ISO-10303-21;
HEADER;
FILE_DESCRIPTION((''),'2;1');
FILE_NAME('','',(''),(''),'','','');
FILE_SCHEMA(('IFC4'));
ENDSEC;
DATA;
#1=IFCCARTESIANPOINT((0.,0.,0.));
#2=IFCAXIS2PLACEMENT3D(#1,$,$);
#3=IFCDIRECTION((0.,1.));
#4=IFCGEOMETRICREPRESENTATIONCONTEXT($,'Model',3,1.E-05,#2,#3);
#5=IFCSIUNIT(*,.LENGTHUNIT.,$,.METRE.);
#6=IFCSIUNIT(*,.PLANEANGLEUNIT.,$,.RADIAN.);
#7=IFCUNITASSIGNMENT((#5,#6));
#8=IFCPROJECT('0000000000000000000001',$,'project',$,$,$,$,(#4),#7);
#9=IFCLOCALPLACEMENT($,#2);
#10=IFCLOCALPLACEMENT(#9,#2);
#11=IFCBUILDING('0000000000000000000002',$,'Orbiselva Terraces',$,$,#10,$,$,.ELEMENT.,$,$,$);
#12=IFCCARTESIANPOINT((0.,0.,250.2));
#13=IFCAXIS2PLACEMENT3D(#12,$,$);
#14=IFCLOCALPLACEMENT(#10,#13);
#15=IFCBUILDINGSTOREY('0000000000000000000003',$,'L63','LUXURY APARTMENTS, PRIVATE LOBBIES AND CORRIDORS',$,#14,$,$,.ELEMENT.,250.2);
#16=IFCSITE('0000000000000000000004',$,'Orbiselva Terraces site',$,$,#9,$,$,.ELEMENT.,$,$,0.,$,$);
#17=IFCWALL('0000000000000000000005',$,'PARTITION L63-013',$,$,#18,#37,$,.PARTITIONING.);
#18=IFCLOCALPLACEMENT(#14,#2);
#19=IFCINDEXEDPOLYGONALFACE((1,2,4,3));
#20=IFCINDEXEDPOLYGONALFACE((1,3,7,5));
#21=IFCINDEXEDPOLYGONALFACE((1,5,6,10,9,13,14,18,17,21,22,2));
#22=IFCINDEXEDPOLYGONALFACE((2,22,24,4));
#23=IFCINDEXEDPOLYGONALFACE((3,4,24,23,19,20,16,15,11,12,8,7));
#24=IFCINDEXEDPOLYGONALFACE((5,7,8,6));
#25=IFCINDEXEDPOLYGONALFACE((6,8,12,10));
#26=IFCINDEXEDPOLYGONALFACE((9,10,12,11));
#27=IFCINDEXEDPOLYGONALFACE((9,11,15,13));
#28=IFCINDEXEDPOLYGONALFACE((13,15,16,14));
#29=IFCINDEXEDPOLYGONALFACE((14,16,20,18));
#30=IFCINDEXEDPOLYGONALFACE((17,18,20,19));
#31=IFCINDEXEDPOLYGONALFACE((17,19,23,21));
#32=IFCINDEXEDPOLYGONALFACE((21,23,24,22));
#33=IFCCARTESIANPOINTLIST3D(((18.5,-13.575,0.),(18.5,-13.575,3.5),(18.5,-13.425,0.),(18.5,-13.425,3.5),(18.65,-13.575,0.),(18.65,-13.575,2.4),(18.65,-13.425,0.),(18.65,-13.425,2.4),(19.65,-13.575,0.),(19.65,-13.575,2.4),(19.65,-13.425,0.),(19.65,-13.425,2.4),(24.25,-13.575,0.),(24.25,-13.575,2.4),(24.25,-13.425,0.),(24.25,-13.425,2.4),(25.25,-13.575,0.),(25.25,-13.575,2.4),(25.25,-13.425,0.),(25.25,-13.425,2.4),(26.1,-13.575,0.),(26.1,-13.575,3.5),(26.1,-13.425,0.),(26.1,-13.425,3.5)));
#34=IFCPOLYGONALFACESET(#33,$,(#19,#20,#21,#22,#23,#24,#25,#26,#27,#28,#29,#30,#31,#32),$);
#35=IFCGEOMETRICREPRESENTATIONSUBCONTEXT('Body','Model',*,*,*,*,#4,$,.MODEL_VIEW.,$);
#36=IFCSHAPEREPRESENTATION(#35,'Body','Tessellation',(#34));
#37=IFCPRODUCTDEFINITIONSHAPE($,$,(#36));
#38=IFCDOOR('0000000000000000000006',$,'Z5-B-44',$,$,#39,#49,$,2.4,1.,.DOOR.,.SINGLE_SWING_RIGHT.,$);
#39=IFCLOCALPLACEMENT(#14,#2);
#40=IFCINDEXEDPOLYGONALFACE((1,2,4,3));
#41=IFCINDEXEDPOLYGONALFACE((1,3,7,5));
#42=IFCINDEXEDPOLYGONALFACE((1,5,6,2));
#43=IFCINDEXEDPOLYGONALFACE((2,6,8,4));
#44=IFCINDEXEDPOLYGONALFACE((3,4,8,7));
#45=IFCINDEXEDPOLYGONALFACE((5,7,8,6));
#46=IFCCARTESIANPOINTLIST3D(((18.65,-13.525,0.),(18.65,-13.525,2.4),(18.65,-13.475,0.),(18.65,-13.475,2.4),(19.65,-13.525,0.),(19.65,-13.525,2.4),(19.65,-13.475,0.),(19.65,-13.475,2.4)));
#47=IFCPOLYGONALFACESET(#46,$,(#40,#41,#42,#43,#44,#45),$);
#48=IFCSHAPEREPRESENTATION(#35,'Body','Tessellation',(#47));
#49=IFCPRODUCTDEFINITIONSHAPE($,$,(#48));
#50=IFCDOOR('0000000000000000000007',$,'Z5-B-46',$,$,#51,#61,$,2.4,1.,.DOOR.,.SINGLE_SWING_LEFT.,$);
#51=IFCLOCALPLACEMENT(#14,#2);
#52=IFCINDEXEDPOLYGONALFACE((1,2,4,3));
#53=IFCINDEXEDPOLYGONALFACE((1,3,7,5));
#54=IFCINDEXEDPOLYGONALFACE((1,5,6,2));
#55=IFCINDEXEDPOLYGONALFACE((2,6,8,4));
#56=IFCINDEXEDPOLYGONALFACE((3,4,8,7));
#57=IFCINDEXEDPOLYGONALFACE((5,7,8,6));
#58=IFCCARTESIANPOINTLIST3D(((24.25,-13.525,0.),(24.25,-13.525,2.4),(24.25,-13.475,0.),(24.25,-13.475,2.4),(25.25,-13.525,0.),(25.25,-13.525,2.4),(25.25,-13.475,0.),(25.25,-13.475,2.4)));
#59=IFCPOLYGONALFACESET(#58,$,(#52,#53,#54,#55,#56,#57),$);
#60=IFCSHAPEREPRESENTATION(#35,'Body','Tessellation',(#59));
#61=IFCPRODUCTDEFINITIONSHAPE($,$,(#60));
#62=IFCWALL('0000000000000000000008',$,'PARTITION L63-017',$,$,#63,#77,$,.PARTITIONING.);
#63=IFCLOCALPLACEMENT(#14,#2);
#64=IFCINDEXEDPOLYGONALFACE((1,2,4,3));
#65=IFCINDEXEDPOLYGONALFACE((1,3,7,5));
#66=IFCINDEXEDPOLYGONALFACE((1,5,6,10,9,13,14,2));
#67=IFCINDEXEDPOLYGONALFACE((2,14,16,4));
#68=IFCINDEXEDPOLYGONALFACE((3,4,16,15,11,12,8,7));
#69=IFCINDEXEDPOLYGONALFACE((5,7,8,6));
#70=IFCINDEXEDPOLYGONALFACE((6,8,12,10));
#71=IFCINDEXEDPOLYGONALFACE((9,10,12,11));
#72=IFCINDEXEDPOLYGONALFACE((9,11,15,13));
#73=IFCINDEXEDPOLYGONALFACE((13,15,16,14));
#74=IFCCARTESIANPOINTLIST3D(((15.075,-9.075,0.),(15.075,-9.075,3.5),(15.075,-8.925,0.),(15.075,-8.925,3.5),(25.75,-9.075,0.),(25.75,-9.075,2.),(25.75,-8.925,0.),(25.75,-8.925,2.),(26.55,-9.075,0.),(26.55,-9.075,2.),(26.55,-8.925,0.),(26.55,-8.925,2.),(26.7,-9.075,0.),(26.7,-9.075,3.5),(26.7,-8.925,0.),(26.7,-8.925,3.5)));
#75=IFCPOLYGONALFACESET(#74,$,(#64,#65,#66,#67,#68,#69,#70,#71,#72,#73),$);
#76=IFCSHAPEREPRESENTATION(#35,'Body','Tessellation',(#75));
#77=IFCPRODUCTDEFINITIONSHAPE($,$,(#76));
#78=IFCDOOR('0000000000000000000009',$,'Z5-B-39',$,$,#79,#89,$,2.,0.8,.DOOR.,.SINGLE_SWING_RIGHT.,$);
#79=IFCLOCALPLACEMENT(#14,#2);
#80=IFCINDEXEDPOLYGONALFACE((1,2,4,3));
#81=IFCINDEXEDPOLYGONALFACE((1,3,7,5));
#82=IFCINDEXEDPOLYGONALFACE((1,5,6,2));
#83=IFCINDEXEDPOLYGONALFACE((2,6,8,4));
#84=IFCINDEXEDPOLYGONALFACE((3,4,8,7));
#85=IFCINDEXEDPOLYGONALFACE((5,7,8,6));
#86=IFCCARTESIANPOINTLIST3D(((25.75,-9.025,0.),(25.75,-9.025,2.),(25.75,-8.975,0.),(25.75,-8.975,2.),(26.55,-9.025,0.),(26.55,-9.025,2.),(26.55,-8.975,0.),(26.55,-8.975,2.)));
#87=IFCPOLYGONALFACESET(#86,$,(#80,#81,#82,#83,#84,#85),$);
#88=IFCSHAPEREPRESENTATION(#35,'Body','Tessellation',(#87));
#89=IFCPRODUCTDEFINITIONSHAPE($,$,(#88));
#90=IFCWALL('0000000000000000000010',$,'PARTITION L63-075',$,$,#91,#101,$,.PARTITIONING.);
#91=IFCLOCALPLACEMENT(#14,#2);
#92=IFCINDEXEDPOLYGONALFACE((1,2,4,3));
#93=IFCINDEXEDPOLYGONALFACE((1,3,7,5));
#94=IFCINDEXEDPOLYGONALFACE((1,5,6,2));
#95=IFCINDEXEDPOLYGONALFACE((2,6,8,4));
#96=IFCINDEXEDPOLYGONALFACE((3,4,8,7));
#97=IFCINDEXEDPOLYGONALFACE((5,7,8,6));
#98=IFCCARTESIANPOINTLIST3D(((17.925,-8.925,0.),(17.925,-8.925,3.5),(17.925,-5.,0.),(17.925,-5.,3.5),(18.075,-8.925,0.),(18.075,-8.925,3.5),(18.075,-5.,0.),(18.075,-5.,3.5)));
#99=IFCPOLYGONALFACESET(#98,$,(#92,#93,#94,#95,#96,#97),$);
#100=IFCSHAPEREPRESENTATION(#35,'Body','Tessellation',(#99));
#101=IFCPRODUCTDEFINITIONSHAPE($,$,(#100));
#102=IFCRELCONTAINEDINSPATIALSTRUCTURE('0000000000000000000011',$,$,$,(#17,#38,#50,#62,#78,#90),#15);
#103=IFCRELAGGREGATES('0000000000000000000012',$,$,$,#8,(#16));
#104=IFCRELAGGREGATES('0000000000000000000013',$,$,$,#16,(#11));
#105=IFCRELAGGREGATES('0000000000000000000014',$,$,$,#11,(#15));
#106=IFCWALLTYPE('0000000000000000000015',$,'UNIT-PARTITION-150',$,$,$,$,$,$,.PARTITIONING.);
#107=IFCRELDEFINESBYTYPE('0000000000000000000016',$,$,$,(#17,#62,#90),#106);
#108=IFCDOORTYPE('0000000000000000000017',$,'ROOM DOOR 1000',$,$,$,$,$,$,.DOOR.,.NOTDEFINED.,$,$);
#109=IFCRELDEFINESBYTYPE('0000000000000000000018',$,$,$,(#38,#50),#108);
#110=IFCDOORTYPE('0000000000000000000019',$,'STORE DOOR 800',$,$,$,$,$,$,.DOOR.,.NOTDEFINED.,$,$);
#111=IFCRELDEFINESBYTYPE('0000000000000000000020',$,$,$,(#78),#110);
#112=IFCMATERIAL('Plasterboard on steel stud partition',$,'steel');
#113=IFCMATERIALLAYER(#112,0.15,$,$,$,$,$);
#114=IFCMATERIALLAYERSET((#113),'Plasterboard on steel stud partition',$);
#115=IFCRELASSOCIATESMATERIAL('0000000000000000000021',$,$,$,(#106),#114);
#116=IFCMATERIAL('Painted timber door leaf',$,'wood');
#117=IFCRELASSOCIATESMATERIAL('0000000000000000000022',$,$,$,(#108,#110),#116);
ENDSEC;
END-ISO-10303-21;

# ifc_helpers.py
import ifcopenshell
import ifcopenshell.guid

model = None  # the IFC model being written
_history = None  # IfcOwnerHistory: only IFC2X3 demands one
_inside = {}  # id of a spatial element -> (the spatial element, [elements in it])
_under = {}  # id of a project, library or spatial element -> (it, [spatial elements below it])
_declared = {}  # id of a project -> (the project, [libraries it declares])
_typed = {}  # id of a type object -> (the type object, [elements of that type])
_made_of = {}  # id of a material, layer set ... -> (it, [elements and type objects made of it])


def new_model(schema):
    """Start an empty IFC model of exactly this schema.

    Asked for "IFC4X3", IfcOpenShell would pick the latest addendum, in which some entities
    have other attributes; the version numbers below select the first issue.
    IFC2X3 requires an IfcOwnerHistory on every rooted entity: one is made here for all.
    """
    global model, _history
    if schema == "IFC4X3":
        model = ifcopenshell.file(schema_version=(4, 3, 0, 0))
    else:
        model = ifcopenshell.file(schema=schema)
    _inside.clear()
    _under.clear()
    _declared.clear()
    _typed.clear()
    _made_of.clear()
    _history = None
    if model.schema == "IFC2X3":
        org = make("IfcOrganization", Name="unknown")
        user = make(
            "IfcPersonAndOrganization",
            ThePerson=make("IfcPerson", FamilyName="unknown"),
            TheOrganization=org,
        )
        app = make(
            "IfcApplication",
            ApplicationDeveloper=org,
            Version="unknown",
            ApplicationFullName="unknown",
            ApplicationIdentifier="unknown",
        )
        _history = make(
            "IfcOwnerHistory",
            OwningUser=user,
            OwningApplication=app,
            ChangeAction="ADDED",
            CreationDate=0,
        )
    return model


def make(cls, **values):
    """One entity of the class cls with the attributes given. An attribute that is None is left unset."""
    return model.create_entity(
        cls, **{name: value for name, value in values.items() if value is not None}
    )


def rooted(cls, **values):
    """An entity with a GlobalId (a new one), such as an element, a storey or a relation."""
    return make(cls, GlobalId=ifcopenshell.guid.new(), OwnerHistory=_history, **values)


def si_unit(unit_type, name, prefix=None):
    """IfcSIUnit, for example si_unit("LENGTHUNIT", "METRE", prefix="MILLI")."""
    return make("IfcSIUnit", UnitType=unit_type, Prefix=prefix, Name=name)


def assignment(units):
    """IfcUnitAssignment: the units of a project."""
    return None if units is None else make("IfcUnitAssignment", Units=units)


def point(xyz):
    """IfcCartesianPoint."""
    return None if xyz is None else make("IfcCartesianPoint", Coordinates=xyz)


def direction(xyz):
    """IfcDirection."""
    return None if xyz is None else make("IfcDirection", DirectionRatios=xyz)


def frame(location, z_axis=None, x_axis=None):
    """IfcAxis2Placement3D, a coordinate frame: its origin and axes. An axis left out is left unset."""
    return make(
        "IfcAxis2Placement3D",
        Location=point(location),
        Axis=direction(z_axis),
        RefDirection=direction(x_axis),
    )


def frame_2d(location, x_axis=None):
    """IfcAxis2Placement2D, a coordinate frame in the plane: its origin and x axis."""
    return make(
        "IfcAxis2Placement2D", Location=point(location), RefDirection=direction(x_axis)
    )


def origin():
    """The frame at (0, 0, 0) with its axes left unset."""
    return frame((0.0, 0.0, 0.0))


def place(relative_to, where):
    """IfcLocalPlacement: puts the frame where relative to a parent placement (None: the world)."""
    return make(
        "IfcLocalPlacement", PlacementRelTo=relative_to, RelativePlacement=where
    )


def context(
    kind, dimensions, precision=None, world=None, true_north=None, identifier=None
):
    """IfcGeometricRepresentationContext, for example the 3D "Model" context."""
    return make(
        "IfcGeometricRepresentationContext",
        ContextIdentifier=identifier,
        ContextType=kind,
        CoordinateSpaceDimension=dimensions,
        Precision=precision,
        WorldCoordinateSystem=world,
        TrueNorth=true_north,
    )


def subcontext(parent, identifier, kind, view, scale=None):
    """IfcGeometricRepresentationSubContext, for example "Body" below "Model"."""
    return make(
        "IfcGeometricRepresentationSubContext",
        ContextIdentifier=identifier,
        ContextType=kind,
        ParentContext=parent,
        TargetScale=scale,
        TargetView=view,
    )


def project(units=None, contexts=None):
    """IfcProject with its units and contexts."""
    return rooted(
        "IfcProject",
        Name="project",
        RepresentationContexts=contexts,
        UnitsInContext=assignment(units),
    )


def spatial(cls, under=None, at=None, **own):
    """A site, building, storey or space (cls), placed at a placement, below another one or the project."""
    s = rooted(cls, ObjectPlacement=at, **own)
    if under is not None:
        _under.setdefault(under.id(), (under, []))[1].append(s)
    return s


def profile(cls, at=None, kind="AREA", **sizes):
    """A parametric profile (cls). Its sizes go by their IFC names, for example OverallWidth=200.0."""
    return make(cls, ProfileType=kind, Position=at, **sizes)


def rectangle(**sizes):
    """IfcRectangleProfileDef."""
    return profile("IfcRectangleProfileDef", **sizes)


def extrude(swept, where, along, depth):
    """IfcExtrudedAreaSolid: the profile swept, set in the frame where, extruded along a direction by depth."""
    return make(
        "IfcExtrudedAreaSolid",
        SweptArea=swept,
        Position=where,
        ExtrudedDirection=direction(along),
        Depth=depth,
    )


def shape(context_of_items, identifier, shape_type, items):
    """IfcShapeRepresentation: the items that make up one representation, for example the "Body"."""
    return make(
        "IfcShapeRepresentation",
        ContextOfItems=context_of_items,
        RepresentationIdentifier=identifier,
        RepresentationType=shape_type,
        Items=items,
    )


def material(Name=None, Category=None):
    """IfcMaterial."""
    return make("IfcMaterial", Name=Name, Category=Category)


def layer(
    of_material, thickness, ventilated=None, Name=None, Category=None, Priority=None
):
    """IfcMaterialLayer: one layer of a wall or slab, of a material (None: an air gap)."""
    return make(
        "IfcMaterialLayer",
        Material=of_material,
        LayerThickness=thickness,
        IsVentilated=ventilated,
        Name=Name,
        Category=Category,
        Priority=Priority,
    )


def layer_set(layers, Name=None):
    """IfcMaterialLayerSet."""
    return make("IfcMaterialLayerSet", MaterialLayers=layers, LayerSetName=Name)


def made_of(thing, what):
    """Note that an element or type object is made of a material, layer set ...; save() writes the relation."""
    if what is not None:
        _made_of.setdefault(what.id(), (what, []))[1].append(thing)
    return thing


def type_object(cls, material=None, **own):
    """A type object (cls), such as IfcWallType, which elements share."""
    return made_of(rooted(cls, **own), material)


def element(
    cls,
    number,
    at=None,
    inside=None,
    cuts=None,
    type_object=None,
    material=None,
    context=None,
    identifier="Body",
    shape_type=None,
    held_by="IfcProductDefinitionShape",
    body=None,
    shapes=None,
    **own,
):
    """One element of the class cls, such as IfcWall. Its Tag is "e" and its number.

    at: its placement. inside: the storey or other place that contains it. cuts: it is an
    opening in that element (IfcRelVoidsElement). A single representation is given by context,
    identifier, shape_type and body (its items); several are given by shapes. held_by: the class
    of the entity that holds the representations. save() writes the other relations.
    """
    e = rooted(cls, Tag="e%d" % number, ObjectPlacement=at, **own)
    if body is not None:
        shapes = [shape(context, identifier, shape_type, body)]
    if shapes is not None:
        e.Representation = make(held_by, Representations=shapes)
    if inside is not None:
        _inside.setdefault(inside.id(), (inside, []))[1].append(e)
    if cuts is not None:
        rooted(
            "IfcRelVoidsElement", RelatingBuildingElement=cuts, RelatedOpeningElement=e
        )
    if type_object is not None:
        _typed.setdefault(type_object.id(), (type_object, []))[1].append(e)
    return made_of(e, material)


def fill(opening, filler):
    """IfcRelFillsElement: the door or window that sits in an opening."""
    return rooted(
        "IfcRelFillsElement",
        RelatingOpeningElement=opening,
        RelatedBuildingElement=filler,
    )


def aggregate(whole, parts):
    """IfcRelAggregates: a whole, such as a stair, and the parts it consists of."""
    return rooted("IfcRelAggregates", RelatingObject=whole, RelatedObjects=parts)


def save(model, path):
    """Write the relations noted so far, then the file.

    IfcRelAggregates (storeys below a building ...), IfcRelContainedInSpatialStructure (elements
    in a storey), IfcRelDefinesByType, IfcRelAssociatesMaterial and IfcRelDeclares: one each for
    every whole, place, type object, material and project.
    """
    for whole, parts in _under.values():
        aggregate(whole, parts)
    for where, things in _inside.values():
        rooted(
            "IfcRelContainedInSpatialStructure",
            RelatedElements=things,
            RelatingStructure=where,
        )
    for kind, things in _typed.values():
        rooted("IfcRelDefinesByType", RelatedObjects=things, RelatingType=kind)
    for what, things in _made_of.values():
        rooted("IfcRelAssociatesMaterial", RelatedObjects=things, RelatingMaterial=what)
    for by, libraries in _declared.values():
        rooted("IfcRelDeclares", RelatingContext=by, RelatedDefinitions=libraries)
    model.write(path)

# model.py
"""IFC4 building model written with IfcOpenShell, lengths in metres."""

from ifc_helpers import new_model, si_unit, direction, frame, frame_2d, origin, place, context, subcontext, project, spatial, rectangle, extrude, material, layer, layer_set, type_object, element, fill, save


model = new_model("IFC4")

# Units and contexts
model_context = context("Model", 3, precision=1e-05, world=origin(), true_north=direction((0.0, 1.0)))
body_context = subcontext(model_context, "Body", "Model", "MODEL_VIEW")
ifc_project = project(units=[si_unit("LENGTHUNIT", "METRE"), si_unit("PLANEANGLEUNIT", "RADIAN")], contexts=[model_context])

# Site, building, storey
site_placement = place(None, origin())
site = spatial("IfcSite", under=ifc_project, at=site_placement, Name="Orbiselva Terraces site", CompositionType="ELEMENT", RefElevation=0.0)
building_placement = place(site_placement, origin())
building = spatial("IfcBuilding", under=site, at=building_placement, Name="Orbiselva Terraces", CompositionType="ELEMENT")
storey_placement = place(building_placement, frame((0.0, 0.0, 250.2)))
storey = spatial("IfcBuildingStorey", under=building, at=storey_placement, Name="L63", Description="LUXURY APARTMENTS, PRIVATE LOBBIES AND CORRIDORS", CompositionType="ELEMENT", Elevation=250.2)

# Shared definitions
ifc_material_1 = material(Name="Plasterboard on steel stud partition", Category="steel")
ifc_layer_1 = layer(ifc_material_1, 0.15)
ifc_layer_set_1 = layer_set([ifc_layer_1], Name="Plasterboard on steel stud partition")
wall_type_1 = type_object("IfcWallType", Name="UNIT-PARTITION-150", PredefinedType="PARTITIONING", material=ifc_layer_set_1)
ifc_material_2 = material(Name="Painted timber door leaf", Category="wood")

# Wall, openings, doors
door_type_1 = type_object("IfcDoorType", Name="ROOM DOOR 1000", OperationType="NOTDEFINED", PredefinedType="DOOR", material=ifc_material_2)
wall_1_placement = place(storey_placement, frame((26.1, -13.5, 0.0), z_axis=(0.0, 0.0, 1.0), x_axis=(-1.0, 0.0, 0.0)))
wall_1 = element("IfcWall", 1, at=wall_1_placement, inside=storey, type_object=wall_type_1, Name="PARTITION L63-013", PredefinedType="PARTITIONING", context=body_context, shape_type="SweptSolid", body=[
    extrude(rectangle(XDim=7.6, YDim=0.15, at=frame_2d((3.8, 0.0))), origin(), (0.0, 0.0, 1.0), 3.5),
])
opening_1_placement = place(wall_1_placement, frame((6.45, 0.0, 0.0)))
opening_1 = element("IfcOpeningElement", 2, at=opening_1_placement, cuts=wall_1, PredefinedType="OPENING", context=body_context, shape_type="SweptSolid", body=[
    extrude(rectangle(XDim=1.0, YDim=2.4, at=frame_2d((0.5, 1.2))), frame((0.0, 0.085, 0.0), z_axis=(0.0, -1.0, 0.0), x_axis=(1.0, 0.0, 0.0)), (0.0, 0.0, 1.0), 0.17),
])
opening_2_placement = place(wall_1_placement, frame((0.85, 0.0, 0.0)))
opening_2 = element("IfcOpeningElement", 3, at=opening_2_placement, cuts=wall_1, PredefinedType="OPENING", context=body_context, shape_type="SweptSolid", body=[
    extrude(rectangle(XDim=1.0, YDim=2.4, at=frame_2d((0.5, 1.2))), frame((0.0, 0.085, 0.0), z_axis=(0.0, -1.0, 0.0), x_axis=(1.0, 0.0, 0.0)), (0.0, 0.0, 1.0), 0.17),
])
door_1_placement = place(opening_1_placement, origin())
door_1 = element("IfcDoor", 4, at=door_1_placement, inside=storey, type_object=door_type_1, Name="Z5-B-44", OperationType="SINGLE_SWING_RIGHT", OverallHeight=2.4, OverallWidth=1.0, PredefinedType="DOOR", context=body_context, shape_type="SweptSolid", body=[
    extrude(rectangle(XDim=1.0, YDim=2.4, at=frame_2d((0.5, 1.2))), frame((0.0, 0.025, 0.0), z_axis=(0.0, -1.0, 0.0), x_axis=(1.0, 0.0, 0.0)), (0.0, 0.0, 1.0), 0.05),
])
fill(opening_1, door_1)
door_2_placement = place(opening_2_placement, origin())
door_2 = element("IfcDoor", 5, at=door_2_placement, inside=storey, type_object=door_type_1, Name="Z5-B-46", OperationType="SINGLE_SWING_LEFT", OverallHeight=2.4, OverallWidth=1.0, PredefinedType="DOOR", context=body_context, shape_type="SweptSolid", body=[
    extrude(rectangle(XDim=1.0, YDim=2.4, at=frame_2d((0.5, 1.2))), frame((0.0, 0.025, 0.0), z_axis=(0.0, -1.0, 0.0), x_axis=(1.0, 0.0, 0.0)), (0.0, 0.0, 1.0), 0.05),
])
fill(opening_2, door_2)

# Wall, opening, door
wall_2_placement = place(storey_placement, frame((15.075, -9.0, 0.0), z_axis=(0.0, 0.0, 1.0), x_axis=(1.0, 0.0, 0.0)))
wall_2 = element("IfcWall", 6, at=wall_2_placement, inside=storey, type_object=wall_type_1, Name="PARTITION L63-017", PredefinedType="PARTITIONING", context=body_context, shape_type="SweptSolid", body=[
    extrude(rectangle(XDim=11.625, YDim=0.15, at=frame_2d((5.8125, 0.0))), origin(), (0.0, 0.0, 1.0), 3.5),
])
opening_3_placement = place(wall_2_placement, frame((10.675, 0.0, 0.0)))
opening_3 = element("IfcOpeningElement", 7, at=opening_3_placement, cuts=wall_2, PredefinedType="OPENING", context=body_context, shape_type="SweptSolid", body=[
    extrude(rectangle(XDim=0.8, YDim=2.0, at=frame_2d((0.4, 1.0))), frame((0.0, 0.085, 0.0), z_axis=(0.0, -1.0, 0.0), x_axis=(1.0, 0.0, 0.0)), (0.0, 0.0, 1.0), 0.17),
])
door_type_2 = type_object("IfcDoorType", Name="STORE DOOR 800", OperationType="NOTDEFINED", PredefinedType="DOOR", material=ifc_material_2)
door_3_placement = place(opening_3_placement, origin())
door_3 = element("IfcDoor", 8, at=door_3_placement, inside=storey, type_object=door_type_2, Name="Z5-B-39", OperationType="SINGLE_SWING_RIGHT", OverallHeight=2.0, OverallWidth=0.8, PredefinedType="DOOR", context=body_context, shape_type="SweptSolid", body=[
    extrude(rectangle(XDim=0.8, YDim=2.0, at=frame_2d((0.4, 1.0))), frame((0.0, 0.025, 0.0), z_axis=(0.0, -1.0, 0.0), x_axis=(1.0, 0.0, 0.0)), (0.0, 0.0, 1.0), 0.05),
])
fill(opening_3, door_3)

# Wall
wall_3_placement = place(storey_placement, frame((18.0, -8.925, 0.0), z_axis=(0.0, 0.0, 1.0), x_axis=(0.0, 1.0, 0.0)))
element("IfcWall", 9, at=wall_3_placement, inside=storey, type_object=wall_type_1, Name="PARTITION L63-075", PredefinedType="PARTITIONING", context=body_context, shape_type="SweptSolid", body=[
    extrude(rectangle(XDim=3.925, YDim=0.15, at=frame_2d((1.9625, 0.0))), origin(), (0.0, 0.0, 1.0), 3.5),
])

save(model, "model.ifc")
